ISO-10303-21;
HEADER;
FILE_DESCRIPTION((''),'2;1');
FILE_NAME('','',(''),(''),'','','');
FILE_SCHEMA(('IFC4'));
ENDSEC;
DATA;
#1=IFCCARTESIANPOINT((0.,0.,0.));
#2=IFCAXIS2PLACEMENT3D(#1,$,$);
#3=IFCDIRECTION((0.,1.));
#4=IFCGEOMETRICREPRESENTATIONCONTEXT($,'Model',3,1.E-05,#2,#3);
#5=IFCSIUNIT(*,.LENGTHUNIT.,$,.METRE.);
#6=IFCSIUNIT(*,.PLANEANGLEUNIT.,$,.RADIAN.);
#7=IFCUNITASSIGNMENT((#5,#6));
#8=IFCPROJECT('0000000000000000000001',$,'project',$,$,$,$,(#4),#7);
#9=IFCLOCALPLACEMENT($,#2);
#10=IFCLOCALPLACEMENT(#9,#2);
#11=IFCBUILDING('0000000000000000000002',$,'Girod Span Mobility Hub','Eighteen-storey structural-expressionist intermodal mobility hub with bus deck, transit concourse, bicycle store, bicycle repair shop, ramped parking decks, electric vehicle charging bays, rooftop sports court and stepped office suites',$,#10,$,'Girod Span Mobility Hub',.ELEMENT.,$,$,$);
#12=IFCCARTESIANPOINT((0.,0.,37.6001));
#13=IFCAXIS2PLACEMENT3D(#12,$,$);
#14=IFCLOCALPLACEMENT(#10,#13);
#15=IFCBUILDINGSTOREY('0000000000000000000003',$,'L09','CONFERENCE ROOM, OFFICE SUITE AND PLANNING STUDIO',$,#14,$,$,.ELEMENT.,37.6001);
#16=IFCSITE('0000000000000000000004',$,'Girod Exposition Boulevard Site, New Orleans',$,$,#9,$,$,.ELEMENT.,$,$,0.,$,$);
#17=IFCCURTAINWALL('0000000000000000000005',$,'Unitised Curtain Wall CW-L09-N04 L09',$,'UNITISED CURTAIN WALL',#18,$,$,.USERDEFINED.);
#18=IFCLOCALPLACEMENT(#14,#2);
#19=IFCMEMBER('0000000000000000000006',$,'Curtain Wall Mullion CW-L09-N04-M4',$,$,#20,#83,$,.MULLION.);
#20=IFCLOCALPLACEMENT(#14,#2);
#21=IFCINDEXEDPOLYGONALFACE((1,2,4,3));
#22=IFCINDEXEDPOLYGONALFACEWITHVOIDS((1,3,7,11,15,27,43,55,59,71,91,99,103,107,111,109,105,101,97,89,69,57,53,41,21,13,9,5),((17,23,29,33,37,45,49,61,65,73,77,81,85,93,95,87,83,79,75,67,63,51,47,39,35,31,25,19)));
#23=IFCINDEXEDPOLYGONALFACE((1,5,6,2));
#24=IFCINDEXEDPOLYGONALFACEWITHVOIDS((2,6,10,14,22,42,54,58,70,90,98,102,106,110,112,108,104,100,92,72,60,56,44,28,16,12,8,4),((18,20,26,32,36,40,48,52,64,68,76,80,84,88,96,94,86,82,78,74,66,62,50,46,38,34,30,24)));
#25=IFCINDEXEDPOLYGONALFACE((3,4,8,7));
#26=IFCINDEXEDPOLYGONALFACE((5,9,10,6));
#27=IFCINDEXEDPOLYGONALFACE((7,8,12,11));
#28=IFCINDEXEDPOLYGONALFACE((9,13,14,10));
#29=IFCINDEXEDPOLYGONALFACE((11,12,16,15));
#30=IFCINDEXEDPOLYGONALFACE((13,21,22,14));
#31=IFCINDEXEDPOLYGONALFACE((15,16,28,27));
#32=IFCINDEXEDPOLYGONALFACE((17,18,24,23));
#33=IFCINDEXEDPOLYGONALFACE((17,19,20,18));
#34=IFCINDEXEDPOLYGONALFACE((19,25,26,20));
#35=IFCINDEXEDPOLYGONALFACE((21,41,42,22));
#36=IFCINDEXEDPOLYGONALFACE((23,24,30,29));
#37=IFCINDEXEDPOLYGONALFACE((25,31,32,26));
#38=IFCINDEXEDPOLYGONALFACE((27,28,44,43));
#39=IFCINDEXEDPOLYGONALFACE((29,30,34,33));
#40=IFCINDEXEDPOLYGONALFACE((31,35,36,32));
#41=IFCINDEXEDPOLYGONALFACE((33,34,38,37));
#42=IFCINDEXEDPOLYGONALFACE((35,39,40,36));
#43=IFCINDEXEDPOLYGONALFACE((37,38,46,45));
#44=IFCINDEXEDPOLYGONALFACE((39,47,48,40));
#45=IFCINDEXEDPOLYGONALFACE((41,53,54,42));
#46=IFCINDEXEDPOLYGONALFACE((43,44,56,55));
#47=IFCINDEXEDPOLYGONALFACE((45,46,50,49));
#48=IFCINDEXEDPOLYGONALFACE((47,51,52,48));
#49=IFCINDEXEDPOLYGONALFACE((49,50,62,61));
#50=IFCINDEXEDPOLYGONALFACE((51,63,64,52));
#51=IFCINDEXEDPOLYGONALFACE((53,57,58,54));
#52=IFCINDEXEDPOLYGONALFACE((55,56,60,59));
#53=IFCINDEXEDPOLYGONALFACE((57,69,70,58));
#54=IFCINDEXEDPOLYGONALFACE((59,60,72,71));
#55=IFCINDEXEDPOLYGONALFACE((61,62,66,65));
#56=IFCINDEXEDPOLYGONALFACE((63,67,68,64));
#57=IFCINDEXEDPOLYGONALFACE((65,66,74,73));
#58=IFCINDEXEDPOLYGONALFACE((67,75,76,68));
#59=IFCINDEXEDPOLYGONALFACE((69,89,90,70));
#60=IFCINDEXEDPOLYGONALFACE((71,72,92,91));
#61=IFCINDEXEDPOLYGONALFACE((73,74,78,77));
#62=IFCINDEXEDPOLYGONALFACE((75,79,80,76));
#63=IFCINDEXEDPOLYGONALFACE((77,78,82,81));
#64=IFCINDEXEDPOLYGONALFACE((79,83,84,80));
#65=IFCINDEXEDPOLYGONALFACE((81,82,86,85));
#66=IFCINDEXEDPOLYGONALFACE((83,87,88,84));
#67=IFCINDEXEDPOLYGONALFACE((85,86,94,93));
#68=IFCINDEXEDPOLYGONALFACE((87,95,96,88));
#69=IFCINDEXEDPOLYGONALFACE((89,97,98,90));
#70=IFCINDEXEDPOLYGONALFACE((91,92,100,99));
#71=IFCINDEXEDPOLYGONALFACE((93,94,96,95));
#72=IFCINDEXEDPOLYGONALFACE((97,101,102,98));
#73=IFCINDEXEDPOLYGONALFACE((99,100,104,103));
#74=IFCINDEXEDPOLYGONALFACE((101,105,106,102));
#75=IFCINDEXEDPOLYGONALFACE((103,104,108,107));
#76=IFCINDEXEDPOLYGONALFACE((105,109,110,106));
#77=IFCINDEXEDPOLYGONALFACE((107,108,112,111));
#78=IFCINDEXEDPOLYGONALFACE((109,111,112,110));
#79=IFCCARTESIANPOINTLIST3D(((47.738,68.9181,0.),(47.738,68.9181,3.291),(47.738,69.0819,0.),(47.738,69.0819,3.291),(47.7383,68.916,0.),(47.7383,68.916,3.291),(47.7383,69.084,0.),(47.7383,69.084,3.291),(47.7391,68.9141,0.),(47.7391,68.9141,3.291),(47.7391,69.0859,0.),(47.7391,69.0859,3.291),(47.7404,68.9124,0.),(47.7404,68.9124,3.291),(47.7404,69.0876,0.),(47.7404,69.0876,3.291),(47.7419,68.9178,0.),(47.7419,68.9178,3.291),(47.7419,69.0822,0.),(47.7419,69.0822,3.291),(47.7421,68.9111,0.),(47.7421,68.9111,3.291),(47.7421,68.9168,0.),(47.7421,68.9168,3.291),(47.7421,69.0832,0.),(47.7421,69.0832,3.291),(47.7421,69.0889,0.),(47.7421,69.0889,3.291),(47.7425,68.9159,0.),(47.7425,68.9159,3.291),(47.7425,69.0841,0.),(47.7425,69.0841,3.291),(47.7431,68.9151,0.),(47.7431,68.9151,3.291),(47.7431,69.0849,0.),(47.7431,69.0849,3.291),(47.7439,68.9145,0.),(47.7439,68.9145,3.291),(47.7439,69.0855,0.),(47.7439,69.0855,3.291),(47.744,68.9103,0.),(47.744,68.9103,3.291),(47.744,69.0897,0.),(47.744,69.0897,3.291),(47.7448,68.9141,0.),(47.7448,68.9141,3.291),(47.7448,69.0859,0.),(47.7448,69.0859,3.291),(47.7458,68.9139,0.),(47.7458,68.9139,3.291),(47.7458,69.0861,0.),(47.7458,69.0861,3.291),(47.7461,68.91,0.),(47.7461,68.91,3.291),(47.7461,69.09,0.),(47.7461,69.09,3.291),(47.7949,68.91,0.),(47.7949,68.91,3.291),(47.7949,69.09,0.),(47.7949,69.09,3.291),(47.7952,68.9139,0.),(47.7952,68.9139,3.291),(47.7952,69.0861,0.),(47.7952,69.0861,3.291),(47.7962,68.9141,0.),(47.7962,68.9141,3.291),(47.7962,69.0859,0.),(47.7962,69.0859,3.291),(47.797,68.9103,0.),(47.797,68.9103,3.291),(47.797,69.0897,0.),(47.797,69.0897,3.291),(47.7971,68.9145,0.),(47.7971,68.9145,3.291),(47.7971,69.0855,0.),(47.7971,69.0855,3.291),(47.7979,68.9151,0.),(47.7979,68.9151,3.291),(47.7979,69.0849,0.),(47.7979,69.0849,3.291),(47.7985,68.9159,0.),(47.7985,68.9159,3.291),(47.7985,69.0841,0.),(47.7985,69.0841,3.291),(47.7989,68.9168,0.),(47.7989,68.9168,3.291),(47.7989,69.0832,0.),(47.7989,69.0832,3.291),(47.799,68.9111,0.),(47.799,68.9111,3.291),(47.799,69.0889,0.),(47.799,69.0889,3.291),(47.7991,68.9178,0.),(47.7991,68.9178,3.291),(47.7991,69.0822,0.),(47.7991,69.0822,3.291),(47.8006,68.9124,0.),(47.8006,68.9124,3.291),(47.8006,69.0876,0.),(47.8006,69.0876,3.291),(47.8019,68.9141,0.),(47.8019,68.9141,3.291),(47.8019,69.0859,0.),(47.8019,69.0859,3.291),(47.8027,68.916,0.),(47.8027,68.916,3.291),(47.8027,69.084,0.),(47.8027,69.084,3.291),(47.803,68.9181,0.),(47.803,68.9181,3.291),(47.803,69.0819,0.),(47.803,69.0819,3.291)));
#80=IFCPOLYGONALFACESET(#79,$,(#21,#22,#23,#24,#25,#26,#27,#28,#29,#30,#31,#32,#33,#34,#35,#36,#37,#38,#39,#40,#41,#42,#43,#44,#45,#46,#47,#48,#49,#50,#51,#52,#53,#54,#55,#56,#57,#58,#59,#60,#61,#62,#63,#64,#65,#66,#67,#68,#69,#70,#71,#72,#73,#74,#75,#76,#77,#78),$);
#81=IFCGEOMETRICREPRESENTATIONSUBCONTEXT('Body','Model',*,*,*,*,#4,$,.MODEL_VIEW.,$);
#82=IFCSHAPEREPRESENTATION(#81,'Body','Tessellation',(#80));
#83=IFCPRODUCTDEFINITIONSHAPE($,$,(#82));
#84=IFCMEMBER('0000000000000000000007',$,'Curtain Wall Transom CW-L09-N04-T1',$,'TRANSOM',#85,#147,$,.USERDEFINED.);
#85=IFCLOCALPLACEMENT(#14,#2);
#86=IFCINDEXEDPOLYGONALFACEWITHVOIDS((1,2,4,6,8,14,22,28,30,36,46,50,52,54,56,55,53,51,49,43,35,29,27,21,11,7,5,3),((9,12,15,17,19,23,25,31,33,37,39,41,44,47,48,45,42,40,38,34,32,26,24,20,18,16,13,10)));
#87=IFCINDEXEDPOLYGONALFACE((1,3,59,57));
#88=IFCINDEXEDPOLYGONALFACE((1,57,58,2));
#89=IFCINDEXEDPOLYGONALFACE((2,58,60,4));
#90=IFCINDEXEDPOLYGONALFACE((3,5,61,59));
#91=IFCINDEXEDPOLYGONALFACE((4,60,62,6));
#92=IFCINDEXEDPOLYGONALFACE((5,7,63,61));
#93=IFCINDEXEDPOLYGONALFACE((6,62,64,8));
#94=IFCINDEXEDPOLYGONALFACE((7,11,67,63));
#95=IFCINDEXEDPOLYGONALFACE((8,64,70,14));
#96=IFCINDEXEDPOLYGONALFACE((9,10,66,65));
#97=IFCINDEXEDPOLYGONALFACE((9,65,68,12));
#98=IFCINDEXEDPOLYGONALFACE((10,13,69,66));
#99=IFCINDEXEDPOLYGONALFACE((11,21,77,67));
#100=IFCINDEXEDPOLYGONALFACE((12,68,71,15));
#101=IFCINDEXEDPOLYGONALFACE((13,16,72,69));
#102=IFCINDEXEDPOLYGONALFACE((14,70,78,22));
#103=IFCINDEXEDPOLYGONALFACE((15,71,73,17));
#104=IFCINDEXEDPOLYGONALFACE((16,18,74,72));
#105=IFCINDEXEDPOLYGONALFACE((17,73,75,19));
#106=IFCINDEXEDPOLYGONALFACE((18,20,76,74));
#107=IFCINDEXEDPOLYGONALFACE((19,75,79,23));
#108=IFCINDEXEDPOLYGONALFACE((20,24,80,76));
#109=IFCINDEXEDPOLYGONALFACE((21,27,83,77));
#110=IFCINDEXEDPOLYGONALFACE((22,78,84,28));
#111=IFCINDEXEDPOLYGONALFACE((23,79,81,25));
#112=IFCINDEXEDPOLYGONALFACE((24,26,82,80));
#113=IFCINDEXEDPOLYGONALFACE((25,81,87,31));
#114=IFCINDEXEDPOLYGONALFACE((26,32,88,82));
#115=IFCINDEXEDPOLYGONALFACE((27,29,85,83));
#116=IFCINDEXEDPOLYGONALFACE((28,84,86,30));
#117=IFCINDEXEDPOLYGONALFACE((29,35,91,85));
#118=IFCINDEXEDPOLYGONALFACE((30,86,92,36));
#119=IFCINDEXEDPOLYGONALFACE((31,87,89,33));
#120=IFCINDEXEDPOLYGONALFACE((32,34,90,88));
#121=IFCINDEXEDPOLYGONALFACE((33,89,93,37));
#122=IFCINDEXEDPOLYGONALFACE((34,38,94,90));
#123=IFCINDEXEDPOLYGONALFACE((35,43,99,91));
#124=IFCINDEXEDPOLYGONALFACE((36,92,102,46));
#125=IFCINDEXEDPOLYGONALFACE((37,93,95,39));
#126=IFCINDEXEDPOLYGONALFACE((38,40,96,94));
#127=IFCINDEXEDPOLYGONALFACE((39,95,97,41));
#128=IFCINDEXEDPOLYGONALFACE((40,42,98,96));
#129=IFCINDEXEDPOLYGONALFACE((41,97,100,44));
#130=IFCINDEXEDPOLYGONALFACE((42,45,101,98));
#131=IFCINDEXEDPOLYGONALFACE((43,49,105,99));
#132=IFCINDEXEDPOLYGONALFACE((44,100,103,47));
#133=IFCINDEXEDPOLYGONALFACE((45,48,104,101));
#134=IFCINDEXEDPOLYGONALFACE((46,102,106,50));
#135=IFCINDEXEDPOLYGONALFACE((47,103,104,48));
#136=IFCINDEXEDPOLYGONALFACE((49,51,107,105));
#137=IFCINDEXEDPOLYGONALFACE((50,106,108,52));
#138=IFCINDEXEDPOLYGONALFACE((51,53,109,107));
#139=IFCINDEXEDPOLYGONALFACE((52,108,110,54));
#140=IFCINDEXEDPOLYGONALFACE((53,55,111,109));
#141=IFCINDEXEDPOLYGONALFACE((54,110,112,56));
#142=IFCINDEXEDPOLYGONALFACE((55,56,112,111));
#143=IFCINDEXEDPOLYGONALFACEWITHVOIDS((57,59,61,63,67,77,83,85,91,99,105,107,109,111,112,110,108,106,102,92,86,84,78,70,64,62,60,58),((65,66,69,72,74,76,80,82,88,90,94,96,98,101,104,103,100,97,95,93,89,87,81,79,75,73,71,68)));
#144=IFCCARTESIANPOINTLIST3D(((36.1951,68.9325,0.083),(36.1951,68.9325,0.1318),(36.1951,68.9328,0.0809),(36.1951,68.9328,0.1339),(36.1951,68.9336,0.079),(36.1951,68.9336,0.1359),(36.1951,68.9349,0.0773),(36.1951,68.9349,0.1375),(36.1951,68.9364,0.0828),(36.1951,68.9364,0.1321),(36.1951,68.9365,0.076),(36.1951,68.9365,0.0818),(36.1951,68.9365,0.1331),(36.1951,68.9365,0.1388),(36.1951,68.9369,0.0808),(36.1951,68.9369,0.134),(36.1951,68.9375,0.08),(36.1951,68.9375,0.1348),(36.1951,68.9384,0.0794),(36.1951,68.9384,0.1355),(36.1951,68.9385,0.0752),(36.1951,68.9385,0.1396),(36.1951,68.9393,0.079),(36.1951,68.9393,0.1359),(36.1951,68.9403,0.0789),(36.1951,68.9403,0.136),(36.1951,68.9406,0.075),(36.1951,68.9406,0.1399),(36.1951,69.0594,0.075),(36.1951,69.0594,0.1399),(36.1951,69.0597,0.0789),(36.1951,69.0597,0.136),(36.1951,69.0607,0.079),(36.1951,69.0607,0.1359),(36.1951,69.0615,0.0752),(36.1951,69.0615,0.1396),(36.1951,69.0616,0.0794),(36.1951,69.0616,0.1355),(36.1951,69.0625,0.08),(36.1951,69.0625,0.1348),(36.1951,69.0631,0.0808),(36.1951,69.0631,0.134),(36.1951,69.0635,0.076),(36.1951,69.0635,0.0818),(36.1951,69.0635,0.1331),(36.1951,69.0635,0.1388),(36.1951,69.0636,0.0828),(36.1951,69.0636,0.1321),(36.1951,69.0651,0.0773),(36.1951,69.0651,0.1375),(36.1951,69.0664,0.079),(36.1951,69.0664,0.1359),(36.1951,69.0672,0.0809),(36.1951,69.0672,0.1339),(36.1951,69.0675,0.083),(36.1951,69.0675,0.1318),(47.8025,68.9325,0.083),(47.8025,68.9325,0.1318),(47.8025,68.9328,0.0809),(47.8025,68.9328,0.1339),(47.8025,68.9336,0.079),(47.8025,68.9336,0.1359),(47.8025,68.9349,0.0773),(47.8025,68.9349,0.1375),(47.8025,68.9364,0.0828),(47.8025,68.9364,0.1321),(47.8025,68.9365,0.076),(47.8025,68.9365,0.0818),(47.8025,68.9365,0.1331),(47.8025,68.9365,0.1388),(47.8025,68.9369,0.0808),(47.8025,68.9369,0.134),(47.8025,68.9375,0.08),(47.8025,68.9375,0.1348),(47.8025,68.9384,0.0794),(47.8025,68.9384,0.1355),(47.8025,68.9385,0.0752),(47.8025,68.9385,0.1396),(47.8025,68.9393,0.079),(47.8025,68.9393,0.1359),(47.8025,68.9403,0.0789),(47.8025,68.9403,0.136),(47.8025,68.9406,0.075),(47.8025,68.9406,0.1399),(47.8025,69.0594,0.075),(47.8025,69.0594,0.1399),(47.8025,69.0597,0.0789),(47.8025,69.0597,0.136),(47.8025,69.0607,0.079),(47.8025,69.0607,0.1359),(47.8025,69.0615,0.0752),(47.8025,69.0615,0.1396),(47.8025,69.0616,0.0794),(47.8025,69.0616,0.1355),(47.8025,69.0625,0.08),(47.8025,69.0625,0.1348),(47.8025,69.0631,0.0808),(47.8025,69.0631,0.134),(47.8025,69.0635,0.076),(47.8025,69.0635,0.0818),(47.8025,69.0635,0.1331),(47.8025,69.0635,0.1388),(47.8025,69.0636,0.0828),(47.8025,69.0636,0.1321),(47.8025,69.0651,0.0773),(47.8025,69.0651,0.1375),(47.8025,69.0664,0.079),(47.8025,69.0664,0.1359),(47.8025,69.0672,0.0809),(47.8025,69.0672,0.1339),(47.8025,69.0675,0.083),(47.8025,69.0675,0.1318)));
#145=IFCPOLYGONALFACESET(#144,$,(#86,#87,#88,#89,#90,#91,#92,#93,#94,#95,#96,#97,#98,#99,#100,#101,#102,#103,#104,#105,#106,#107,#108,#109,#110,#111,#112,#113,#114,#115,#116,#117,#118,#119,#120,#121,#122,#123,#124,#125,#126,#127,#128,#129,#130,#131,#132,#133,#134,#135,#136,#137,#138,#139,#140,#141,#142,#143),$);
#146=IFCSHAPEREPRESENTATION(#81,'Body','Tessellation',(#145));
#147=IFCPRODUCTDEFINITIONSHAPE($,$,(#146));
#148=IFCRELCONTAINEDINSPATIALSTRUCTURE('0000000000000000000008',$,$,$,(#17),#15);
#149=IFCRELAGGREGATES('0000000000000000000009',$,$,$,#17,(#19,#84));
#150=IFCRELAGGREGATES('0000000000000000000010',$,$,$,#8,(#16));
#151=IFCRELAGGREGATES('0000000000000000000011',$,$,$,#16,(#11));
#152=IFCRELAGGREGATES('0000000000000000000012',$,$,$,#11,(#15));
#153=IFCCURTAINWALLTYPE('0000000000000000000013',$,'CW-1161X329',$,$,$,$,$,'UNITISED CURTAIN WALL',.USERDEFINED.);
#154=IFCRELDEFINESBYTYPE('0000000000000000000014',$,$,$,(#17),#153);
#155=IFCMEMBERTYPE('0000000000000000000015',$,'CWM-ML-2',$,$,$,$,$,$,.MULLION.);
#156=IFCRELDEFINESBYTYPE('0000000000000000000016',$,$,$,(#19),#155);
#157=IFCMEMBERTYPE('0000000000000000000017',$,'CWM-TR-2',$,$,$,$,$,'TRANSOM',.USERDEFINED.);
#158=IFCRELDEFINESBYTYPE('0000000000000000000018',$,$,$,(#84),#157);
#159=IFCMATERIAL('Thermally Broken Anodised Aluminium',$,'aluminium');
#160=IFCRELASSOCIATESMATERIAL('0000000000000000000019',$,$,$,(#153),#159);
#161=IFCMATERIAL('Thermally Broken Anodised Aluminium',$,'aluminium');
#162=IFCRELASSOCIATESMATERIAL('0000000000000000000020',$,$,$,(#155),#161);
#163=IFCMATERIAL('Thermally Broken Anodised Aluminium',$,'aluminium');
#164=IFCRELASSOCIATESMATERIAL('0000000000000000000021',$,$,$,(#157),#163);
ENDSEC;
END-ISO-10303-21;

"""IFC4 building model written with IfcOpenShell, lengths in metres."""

from ifc_helpers import new_model, si_unit, direction, frame, origin, origin_2d, place, context, subcontext, project, spatial, hollow_rectangle, extrude, material, material_profile, profile_set, type_object, element, aggregate, save


model = new_model("IFC4")

# Units and contexts
model_context = context("Model", 3, precision=1e-05, world=origin(), true_north=direction((0.0, 1.0)))
body_context = subcontext(model_context, "Body", "Model", "MODEL_VIEW")
ifc_project = project(units=[si_unit("LENGTHUNIT", "METRE"), si_unit("PLANEANGLEUNIT", "RADIAN")], contexts=[model_context])

# Site, building, storey
site_placement = place(None, origin())
site = spatial("IfcSite", under=ifc_project, at=site_placement, Name="Girod Exposition Boulevard Site, New Orleans", CompositionType="ELEMENT", RefElevation=0.0)
building_placement = place(site_placement, origin())
building = spatial("IfcBuilding", under=site, at=building_placement, Name="Girod Span Mobility Hub", Description="Eighteen-storey structural-expressionist intermodal mobility hub with bus deck, transit concourse, bicycle store, bicycle repair shop, ramped parking decks, electric vehicle charging bays, rooftop sports court and stepped office suites", LongName="Girod Span Mobility Hub", CompositionType="ELEMENT")
storey_placement = place(building_placement, frame((0.0, 0.0, 37.6001)))
storey = spatial("IfcBuildingStorey", under=building, at=storey_placement, Name="L09", Description="CONFERENCE ROOM, OFFICE SUITE AND PLANNING STUDIO", CompositionType="ELEMENT", Elevation=37.6001)

# Curtain wall, members
ifc_material_1 = material(Name="Thermally Broken Anodised Aluminium", Category="aluminium")
curtain_wall_type = type_object("IfcCurtainWallType", Name="CW-1161X329", ElementType="UNITISED CURTAIN WALL", PredefinedType="USERDEFINED", material=ifc_material_1)
curtain_wall_placement = place(storey_placement, origin())
curtain_wall = element("IfcCurtainWall", 1, at=curtain_wall_placement, inside=storey, type_object=curtain_wall_type, Name="Unitised Curtain Wall CW-L09-N04 L09", ObjectType="UNITISED CURTAIN WALL", PredefinedType="USERDEFINED")
ifc_material_2 = material(Name="Thermally Broken Anodised Aluminium", Category="aluminium")
ifc_material_profile_1 = material_profile(ifc_material_2, hollow_rectangle(XDim=0.1799, YDim=0.0649, WallThickness=0.0039, InnerFilletRadius=0.0039, OuterFilletRadius=0.0081, at=origin_2d()), Name="CW-ML-65X180")
ifc_profile_set_1 = profile_set([ifc_material_profile_1], Name="Thermally Broken Anodised Aluminium")
member_type_1 = type_object("IfcMemberType", Name="CWM-ML-2", PredefinedType="MULLION", material=ifc_profile_set_1)
member_1_placement = place(storey_placement, frame((47.7705, 69.0, 0.0), z_axis=(0.0, 0.0, 1.0), x_axis=(0.0, 1.0, 0.0)))
member_1 = element("IfcMember", 2, at=member_1_placement, type_object=member_type_1, Name="Curtain Wall Mullion CW-L09-N04-M4", PredefinedType="MULLION", context=body_context, shape_type="SweptSolid", body=[
    extrude(hollow_rectangle(XDim=0.1799, YDim=0.0649, WallThickness=0.0039, InnerFilletRadius=0.0039, OuterFilletRadius=0.0081, at=origin_2d()), origin(), (0.0, 0.0, 1.0), 3.291),
])
ifc_material_3 = material(Name="Thermally Broken Anodised Aluminium", Category="aluminium")
ifc_material_profile_2 = material_profile(ifc_material_3, hollow_rectangle(XDim=0.135, YDim=0.0649, WallThickness=0.0039, InnerFilletRadius=0.0039, OuterFilletRadius=0.0081, at=origin_2d()), Name="CW-TR-65X135")
ifc_profile_set_2 = profile_set([ifc_material_profile_2], Name="Thermally Broken Anodised Aluminium")
member_type_2 = type_object("IfcMemberType", Name="CWM-TR-2", ElementType="TRANSOM", PredefinedType="USERDEFINED", material=ifc_profile_set_2)
member_2_placement = place(storey_placement, frame((36.1951, 69.0, 0.1074), z_axis=(1.0, 0.0, 0.0), x_axis=(0.0, 1.0, 0.0)))
member_2 = element("IfcMember", 3, at=member_2_placement, type_object=member_type_2, Name="Curtain Wall Transom CW-L09-N04-T1", ObjectType="TRANSOM", PredefinedType="USERDEFINED", context=body_context, shape_type="SweptSolid", body=[
    extrude(hollow_rectangle(XDim=0.135, YDim=0.0649, WallThickness=0.0039, InnerFilletRadius=0.0039, OuterFilletRadius=0.0081, at=origin_2d()), origin(), (0.0, 0.0, 1.0), 11.6074),
])

aggregate(curtain_wall, [member_1, member_2])

save(model, "model.ifc")
